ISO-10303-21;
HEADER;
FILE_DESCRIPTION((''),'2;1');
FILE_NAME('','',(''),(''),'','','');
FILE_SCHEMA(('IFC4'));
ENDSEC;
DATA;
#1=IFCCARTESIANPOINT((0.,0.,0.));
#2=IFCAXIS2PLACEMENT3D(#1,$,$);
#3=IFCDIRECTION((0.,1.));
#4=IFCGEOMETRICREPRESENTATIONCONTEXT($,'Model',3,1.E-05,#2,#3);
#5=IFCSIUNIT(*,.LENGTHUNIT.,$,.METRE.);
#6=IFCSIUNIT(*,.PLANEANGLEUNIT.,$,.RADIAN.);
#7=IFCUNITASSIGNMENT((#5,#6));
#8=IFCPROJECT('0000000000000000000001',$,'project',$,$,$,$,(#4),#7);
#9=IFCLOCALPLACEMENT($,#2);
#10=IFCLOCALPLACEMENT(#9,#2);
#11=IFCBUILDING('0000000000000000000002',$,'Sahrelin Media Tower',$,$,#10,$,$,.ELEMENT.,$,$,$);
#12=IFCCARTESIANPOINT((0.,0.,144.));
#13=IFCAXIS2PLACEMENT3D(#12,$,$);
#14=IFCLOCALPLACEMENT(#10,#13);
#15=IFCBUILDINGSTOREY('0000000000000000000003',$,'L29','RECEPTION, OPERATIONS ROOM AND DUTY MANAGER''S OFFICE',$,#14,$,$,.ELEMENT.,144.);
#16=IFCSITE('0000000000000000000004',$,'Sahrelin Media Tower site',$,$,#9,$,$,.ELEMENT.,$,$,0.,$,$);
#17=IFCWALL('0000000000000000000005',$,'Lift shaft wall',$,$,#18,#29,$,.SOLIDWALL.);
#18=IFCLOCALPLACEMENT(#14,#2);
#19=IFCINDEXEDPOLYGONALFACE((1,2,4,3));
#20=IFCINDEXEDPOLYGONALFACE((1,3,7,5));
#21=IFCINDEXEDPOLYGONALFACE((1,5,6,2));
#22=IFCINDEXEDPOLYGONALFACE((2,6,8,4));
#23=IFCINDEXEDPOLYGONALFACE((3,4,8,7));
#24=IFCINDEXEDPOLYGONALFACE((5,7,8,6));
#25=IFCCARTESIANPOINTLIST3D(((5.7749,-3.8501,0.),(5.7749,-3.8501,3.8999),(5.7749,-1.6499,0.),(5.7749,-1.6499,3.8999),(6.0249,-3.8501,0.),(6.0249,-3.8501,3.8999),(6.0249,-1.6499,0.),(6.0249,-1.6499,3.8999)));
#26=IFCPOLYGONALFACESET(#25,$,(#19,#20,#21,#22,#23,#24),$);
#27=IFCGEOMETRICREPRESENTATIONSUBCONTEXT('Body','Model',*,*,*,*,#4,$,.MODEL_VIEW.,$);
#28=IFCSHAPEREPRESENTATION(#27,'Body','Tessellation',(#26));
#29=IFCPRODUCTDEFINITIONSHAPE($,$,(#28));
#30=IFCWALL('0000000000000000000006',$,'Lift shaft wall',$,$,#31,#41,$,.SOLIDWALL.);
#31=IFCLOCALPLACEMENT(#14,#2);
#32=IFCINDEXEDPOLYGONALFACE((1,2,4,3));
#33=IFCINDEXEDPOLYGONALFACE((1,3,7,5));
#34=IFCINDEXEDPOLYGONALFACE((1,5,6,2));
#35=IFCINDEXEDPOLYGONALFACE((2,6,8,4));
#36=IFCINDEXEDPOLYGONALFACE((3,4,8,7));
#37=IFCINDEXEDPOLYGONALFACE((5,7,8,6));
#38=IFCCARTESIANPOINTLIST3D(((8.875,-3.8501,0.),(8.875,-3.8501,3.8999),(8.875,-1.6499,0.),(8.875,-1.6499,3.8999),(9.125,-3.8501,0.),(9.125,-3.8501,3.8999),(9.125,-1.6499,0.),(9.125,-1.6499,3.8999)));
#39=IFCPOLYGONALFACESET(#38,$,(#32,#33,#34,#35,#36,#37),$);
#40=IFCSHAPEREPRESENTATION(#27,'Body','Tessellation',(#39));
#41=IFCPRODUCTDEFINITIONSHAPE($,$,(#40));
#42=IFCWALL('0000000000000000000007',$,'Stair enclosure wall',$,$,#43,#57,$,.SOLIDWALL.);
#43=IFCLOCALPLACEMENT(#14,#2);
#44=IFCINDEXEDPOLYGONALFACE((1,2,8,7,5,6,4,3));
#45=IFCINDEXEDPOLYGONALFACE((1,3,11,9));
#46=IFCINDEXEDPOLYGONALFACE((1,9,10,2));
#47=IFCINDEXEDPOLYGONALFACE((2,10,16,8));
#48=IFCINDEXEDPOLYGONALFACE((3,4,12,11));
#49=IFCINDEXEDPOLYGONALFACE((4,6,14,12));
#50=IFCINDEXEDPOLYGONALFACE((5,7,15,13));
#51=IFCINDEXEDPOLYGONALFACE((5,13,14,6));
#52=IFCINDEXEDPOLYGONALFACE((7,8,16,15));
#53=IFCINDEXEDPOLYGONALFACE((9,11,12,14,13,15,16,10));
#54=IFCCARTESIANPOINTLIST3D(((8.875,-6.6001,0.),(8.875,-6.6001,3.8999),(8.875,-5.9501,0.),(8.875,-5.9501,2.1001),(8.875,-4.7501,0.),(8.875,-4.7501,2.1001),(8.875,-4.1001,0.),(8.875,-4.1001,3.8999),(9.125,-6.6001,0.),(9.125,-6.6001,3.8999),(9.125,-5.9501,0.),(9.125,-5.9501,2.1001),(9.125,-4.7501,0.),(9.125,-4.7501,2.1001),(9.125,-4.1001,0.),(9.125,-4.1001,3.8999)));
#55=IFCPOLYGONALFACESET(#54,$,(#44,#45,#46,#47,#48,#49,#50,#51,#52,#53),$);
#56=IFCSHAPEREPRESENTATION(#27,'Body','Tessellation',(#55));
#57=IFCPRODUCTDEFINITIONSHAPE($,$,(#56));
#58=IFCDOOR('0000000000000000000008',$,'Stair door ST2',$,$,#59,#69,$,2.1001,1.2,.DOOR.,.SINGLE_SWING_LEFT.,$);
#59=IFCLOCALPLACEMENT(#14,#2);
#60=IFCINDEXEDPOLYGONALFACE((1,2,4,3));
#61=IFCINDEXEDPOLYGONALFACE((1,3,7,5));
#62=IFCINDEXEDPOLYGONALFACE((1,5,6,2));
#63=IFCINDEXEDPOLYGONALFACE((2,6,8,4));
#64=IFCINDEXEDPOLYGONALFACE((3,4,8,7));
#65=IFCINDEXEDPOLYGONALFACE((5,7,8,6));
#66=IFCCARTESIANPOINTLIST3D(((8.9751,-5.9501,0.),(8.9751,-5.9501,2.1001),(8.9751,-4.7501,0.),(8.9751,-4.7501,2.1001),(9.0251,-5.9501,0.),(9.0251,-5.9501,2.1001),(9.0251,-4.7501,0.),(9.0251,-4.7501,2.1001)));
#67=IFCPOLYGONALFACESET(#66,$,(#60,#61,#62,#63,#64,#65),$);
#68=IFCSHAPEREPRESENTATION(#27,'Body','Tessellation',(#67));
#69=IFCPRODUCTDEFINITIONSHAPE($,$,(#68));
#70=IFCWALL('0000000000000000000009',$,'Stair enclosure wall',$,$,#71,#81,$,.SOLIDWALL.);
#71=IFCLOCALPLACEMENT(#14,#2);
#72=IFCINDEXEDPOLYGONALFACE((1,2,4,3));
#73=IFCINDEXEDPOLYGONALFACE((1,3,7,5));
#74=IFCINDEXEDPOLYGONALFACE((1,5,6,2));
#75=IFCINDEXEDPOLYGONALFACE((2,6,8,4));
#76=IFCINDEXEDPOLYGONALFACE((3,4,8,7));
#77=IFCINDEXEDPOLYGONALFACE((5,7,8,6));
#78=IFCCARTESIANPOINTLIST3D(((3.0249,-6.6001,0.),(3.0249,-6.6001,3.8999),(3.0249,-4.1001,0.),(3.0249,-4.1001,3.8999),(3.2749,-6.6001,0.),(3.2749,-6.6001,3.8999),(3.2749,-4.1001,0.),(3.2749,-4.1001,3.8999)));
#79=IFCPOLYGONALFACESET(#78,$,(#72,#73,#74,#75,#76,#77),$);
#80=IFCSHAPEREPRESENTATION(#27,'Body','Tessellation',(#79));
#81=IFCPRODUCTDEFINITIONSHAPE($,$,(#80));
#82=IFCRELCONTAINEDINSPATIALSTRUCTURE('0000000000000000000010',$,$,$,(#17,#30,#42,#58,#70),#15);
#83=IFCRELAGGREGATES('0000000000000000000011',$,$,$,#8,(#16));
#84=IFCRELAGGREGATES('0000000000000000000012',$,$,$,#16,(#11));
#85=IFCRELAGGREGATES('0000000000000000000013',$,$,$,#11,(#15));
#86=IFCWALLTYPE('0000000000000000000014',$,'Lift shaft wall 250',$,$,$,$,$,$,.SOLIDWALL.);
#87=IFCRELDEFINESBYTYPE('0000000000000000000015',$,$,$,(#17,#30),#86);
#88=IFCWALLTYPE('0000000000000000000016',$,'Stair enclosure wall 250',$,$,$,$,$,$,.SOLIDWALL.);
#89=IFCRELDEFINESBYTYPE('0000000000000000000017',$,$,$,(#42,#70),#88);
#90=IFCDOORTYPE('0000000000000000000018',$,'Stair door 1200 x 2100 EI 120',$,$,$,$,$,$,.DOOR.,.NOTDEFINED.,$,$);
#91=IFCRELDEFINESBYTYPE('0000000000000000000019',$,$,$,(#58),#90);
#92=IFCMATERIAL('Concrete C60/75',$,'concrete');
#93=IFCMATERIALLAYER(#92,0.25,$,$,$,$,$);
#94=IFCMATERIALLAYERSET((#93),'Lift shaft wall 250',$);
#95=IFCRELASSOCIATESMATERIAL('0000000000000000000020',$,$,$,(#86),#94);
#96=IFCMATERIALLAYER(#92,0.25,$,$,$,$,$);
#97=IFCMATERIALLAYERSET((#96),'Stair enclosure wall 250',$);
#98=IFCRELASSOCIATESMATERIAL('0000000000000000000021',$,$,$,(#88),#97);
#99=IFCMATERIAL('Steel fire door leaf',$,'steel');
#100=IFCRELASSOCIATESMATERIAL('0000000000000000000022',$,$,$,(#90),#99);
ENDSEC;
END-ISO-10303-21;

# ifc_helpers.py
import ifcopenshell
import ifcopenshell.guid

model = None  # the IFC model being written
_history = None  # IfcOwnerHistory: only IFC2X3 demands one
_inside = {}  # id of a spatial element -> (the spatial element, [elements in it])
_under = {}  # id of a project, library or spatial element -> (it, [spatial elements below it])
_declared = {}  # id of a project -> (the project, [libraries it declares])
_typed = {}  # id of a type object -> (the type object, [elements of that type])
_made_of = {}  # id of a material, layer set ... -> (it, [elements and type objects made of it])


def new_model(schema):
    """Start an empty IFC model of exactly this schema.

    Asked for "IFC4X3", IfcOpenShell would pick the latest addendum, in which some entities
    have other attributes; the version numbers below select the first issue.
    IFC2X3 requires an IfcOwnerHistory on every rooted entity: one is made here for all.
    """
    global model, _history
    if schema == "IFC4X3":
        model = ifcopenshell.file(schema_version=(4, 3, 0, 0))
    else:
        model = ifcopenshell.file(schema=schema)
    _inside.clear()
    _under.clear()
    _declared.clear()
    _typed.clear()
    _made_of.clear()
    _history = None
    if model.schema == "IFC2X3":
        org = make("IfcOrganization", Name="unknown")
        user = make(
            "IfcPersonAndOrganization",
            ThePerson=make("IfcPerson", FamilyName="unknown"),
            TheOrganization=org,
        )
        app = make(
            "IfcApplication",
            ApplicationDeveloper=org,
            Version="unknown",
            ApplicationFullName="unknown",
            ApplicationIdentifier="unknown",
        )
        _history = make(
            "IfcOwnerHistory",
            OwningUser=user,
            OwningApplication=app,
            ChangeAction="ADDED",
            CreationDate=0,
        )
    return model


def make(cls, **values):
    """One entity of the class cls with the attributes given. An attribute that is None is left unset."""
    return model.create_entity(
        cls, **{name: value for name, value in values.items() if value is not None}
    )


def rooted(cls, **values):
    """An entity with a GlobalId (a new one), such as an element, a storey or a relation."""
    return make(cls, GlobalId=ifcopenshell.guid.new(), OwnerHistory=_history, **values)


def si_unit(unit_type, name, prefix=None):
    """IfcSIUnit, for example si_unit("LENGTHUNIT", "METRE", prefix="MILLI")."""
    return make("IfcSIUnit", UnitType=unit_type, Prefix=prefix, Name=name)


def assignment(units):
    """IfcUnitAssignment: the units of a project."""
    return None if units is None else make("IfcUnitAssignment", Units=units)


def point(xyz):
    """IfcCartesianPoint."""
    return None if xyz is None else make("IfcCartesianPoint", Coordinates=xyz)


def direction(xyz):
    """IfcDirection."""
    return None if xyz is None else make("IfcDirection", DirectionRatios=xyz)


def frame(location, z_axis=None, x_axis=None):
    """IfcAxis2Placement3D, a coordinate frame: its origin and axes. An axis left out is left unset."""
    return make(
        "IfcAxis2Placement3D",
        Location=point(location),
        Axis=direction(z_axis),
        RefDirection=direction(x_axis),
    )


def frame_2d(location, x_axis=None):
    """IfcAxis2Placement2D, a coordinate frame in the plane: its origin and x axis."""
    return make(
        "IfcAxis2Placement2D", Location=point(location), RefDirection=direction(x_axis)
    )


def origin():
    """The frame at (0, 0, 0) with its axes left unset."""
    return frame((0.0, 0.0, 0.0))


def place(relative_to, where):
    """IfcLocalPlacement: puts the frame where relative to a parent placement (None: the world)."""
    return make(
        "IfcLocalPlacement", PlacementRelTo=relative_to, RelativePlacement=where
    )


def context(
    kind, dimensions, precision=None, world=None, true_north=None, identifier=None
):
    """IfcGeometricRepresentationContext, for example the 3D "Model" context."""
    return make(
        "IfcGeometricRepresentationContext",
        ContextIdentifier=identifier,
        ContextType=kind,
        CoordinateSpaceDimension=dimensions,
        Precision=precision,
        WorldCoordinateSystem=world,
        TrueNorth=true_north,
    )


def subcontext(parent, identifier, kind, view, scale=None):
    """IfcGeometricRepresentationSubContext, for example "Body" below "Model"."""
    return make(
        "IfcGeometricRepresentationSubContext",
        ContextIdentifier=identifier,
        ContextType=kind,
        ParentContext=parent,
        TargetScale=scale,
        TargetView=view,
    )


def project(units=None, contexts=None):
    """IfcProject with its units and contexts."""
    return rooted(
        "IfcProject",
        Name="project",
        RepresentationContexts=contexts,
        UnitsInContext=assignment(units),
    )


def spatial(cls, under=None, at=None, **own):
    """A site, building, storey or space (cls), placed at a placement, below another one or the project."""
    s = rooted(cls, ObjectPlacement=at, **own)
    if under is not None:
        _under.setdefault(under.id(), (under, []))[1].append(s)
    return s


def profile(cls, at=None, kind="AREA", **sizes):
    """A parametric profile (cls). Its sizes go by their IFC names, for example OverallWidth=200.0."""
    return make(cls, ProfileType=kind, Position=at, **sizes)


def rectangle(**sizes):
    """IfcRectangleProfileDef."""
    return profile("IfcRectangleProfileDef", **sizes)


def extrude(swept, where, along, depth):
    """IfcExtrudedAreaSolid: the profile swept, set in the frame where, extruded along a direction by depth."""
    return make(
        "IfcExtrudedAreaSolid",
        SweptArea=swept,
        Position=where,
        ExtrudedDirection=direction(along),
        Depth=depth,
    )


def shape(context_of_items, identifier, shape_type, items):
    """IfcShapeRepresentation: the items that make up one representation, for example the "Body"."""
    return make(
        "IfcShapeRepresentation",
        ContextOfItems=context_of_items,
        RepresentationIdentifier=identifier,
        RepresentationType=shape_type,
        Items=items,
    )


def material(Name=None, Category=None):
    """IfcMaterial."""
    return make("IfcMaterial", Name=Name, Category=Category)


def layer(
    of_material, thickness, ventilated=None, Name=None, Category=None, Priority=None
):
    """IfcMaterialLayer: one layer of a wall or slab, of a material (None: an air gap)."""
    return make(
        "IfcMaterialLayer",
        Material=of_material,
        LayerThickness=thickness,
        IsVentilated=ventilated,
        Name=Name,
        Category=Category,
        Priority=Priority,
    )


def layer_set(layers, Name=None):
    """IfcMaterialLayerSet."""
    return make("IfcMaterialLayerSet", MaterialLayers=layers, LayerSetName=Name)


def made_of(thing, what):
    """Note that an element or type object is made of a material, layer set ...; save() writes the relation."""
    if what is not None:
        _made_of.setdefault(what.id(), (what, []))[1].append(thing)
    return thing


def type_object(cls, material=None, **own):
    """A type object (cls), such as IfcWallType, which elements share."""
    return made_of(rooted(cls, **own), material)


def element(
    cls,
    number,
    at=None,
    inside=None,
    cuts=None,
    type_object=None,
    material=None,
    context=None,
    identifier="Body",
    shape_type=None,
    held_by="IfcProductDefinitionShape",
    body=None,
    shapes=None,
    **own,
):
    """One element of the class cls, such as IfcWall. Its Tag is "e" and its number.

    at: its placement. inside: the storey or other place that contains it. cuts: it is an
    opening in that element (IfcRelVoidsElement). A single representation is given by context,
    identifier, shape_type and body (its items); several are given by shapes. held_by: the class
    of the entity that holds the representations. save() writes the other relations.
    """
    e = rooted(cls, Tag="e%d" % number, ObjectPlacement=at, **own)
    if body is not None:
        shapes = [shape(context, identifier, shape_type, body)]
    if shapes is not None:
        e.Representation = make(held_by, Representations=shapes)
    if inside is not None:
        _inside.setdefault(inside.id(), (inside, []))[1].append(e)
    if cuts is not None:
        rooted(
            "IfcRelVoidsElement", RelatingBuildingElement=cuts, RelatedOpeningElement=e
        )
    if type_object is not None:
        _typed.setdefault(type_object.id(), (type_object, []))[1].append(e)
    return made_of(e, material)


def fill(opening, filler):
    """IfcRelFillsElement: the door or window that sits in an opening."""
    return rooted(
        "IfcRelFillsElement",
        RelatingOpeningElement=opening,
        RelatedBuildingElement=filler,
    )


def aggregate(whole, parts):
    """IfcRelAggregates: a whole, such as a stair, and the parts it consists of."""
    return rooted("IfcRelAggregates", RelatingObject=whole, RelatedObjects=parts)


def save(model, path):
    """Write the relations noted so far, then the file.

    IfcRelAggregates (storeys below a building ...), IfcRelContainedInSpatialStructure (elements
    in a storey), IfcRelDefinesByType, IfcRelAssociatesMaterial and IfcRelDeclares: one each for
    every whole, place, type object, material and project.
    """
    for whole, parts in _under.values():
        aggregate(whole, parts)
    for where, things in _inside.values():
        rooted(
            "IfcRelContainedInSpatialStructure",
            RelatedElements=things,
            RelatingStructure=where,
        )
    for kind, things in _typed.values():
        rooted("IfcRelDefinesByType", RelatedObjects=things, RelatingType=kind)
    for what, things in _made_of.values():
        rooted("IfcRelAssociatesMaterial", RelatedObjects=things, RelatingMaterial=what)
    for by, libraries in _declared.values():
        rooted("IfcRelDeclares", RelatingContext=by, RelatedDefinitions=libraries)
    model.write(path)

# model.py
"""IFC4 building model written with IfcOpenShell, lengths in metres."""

from ifc_helpers import new_model, si_unit, direction, frame, frame_2d, origin, place, context, subcontext, project, spatial, rectangle, extrude, material, layer, layer_set, type_object, element, fill, save


model = new_model("IFC4")

# Units and contexts
model_context = context("Model", 3, precision=1e-05, world=origin(), true_north=direction((0.0, 1.0)))
body_context = subcontext(model_context, "Body", "Model", "MODEL_VIEW")
ifc_project = project(units=[si_unit("LENGTHUNIT", "METRE"), si_unit("PLANEANGLEUNIT", "RADIAN")], contexts=[model_context])

# Site, building, storey
site_placement = place(None, origin())
site = spatial("IfcSite", under=ifc_project, at=site_placement, Name="Sahrelin Media Tower site", CompositionType="ELEMENT", RefElevation=0.0)
building_placement = place(site_placement, origin())
building = spatial("IfcBuilding", under=site, at=building_placement, Name="Sahrelin Media Tower", CompositionType="ELEMENT")
storey_placement = place(building_placement, frame((0.0, 0.0, 144.0)))
storey = spatial("IfcBuildingStorey", under=building, at=storey_placement, Name="L29", Description="RECEPTION, OPERATIONS ROOM AND DUTY MANAGER'S OFFICE", CompositionType="ELEMENT", Elevation=144.0)

# Walls
ifc_material_1 = material(Name="Concrete C60/75", Category="concrete")
ifc_layer_1 = layer(ifc_material_1, 0.25)
ifc_layer_set_1 = layer_set([ifc_layer_1], Name="Lift shaft wall 250")
wall_type_1 = type_object("IfcWallType", Name="Lift shaft wall 250", PredefinedType="SOLIDWALL", material=ifc_layer_set_1)
for number, where, z_axis, x_axis, name in (
    (1, (5.8999, -3.8501, 0.0), (0.0, 0.0, 1.0), (0.0, 1.0, 0.0), "Lift shaft wall"),
    (2, (9.0, -3.8501, 0.0), (0.0, 0.0, 1.0), (0.0, 1.0, 0.0), "Lift shaft wall"),
):
    element("IfcWall", number, at=place(storey_placement, frame(where, z_axis=z_axis, x_axis=x_axis)), inside=storey, type_object=wall_type_1, Name=name, PredefinedType="SOLIDWALL", context=body_context, shape_type="SweptSolid", body=[
        extrude(rectangle(XDim=2.2002, YDim=0.25, at=frame_2d((1.1001, 0.0))), origin(), (0.0, 0.0, 1.0), 3.8999),
    ])

# Wall, opening, door
ifc_layer_2 = layer(ifc_material_1, 0.25)
ifc_layer_set_2 = layer_set([ifc_layer_2], Name="Stair enclosure wall 250")
wall_type_2 = type_object("IfcWallType", Name="Stair enclosure wall 250", PredefinedType="SOLIDWALL", material=ifc_layer_set_2)
wall_1_placement = place(storey_placement, frame((9.0, -6.6001, 0.0), z_axis=(0.0, 0.0, 1.0), x_axis=(0.0, 1.0, 0.0)))
wall_1 = element("IfcWall", 3, at=wall_1_placement, inside=storey, type_object=wall_type_2, Name="Stair enclosure wall", PredefinedType="SOLIDWALL", context=body_context, shape_type="SweptSolid", body=[
    extrude(rectangle(XDim=2.5, YDim=0.25, at=frame_2d((1.25, 0.0))), origin(), (0.0, 0.0, 1.0), 3.8999),
])
opening_placement = place(wall_1_placement, frame((0.6499, 0.0, 0.0)))
opening = element("IfcOpeningElement", 4, at=opening_placement, cuts=wall_1, PredefinedType="OPENING", context=body_context, shape_type="SweptSolid", body=[
    extrude(rectangle(XDim=1.2, YDim=2.1001, at=frame_2d((0.6001, 1.05))), frame((0.0, 0.125, 0.0), z_axis=(0.0, -1.0, 0.0), x_axis=(1.0, 0.0, 0.0)), (0.0, 0.0, 1.0), 0.25),
])
ifc_material_2 = material(Name="Steel fire door leaf", Category="steel")
door_type = type_object("IfcDoorType", Name="Stair door 1200 x 2100 EI 120", OperationType="NOTDEFINED", PredefinedType="DOOR", material=ifc_material_2)
door_placement = place(opening_placement, origin())
door = element("IfcDoor", 5, at=door_placement, inside=storey, type_object=door_type, Name="Stair door ST2", OperationType="SINGLE_SWING_LEFT", OverallHeight=2.1001, OverallWidth=1.2, PredefinedType="DOOR", context=body_context, shape_type="SweptSolid", body=[
    extrude(rectangle(XDim=1.2, YDim=2.1001, at=frame_2d((0.6001, 1.05))), frame((0.0, 0.0249, 0.0), z_axis=(0.0, -1.0, 0.0), x_axis=(1.0, 0.0, 0.0)), (0.0, 0.0, 1.0), 0.05),
])
fill(opening, door)

# Wall
wall_2_placement = place(storey_placement, frame((3.1499, -6.6001, 0.0), z_axis=(0.0, 0.0, 1.0), x_axis=(0.0, 1.0, 0.0)))
element("IfcWall", 6, at=wall_2_placement, inside=storey, type_object=wall_type_2, Name="Stair enclosure wall", PredefinedType="SOLIDWALL", context=body_context, shape_type="SweptSolid", body=[
    extrude(rectangle(XDim=2.5, YDim=0.25, at=frame_2d((1.25, 0.0))), origin(), (0.0, 0.0, 1.0), 3.8999),
])

save(model, "model.ifc")
